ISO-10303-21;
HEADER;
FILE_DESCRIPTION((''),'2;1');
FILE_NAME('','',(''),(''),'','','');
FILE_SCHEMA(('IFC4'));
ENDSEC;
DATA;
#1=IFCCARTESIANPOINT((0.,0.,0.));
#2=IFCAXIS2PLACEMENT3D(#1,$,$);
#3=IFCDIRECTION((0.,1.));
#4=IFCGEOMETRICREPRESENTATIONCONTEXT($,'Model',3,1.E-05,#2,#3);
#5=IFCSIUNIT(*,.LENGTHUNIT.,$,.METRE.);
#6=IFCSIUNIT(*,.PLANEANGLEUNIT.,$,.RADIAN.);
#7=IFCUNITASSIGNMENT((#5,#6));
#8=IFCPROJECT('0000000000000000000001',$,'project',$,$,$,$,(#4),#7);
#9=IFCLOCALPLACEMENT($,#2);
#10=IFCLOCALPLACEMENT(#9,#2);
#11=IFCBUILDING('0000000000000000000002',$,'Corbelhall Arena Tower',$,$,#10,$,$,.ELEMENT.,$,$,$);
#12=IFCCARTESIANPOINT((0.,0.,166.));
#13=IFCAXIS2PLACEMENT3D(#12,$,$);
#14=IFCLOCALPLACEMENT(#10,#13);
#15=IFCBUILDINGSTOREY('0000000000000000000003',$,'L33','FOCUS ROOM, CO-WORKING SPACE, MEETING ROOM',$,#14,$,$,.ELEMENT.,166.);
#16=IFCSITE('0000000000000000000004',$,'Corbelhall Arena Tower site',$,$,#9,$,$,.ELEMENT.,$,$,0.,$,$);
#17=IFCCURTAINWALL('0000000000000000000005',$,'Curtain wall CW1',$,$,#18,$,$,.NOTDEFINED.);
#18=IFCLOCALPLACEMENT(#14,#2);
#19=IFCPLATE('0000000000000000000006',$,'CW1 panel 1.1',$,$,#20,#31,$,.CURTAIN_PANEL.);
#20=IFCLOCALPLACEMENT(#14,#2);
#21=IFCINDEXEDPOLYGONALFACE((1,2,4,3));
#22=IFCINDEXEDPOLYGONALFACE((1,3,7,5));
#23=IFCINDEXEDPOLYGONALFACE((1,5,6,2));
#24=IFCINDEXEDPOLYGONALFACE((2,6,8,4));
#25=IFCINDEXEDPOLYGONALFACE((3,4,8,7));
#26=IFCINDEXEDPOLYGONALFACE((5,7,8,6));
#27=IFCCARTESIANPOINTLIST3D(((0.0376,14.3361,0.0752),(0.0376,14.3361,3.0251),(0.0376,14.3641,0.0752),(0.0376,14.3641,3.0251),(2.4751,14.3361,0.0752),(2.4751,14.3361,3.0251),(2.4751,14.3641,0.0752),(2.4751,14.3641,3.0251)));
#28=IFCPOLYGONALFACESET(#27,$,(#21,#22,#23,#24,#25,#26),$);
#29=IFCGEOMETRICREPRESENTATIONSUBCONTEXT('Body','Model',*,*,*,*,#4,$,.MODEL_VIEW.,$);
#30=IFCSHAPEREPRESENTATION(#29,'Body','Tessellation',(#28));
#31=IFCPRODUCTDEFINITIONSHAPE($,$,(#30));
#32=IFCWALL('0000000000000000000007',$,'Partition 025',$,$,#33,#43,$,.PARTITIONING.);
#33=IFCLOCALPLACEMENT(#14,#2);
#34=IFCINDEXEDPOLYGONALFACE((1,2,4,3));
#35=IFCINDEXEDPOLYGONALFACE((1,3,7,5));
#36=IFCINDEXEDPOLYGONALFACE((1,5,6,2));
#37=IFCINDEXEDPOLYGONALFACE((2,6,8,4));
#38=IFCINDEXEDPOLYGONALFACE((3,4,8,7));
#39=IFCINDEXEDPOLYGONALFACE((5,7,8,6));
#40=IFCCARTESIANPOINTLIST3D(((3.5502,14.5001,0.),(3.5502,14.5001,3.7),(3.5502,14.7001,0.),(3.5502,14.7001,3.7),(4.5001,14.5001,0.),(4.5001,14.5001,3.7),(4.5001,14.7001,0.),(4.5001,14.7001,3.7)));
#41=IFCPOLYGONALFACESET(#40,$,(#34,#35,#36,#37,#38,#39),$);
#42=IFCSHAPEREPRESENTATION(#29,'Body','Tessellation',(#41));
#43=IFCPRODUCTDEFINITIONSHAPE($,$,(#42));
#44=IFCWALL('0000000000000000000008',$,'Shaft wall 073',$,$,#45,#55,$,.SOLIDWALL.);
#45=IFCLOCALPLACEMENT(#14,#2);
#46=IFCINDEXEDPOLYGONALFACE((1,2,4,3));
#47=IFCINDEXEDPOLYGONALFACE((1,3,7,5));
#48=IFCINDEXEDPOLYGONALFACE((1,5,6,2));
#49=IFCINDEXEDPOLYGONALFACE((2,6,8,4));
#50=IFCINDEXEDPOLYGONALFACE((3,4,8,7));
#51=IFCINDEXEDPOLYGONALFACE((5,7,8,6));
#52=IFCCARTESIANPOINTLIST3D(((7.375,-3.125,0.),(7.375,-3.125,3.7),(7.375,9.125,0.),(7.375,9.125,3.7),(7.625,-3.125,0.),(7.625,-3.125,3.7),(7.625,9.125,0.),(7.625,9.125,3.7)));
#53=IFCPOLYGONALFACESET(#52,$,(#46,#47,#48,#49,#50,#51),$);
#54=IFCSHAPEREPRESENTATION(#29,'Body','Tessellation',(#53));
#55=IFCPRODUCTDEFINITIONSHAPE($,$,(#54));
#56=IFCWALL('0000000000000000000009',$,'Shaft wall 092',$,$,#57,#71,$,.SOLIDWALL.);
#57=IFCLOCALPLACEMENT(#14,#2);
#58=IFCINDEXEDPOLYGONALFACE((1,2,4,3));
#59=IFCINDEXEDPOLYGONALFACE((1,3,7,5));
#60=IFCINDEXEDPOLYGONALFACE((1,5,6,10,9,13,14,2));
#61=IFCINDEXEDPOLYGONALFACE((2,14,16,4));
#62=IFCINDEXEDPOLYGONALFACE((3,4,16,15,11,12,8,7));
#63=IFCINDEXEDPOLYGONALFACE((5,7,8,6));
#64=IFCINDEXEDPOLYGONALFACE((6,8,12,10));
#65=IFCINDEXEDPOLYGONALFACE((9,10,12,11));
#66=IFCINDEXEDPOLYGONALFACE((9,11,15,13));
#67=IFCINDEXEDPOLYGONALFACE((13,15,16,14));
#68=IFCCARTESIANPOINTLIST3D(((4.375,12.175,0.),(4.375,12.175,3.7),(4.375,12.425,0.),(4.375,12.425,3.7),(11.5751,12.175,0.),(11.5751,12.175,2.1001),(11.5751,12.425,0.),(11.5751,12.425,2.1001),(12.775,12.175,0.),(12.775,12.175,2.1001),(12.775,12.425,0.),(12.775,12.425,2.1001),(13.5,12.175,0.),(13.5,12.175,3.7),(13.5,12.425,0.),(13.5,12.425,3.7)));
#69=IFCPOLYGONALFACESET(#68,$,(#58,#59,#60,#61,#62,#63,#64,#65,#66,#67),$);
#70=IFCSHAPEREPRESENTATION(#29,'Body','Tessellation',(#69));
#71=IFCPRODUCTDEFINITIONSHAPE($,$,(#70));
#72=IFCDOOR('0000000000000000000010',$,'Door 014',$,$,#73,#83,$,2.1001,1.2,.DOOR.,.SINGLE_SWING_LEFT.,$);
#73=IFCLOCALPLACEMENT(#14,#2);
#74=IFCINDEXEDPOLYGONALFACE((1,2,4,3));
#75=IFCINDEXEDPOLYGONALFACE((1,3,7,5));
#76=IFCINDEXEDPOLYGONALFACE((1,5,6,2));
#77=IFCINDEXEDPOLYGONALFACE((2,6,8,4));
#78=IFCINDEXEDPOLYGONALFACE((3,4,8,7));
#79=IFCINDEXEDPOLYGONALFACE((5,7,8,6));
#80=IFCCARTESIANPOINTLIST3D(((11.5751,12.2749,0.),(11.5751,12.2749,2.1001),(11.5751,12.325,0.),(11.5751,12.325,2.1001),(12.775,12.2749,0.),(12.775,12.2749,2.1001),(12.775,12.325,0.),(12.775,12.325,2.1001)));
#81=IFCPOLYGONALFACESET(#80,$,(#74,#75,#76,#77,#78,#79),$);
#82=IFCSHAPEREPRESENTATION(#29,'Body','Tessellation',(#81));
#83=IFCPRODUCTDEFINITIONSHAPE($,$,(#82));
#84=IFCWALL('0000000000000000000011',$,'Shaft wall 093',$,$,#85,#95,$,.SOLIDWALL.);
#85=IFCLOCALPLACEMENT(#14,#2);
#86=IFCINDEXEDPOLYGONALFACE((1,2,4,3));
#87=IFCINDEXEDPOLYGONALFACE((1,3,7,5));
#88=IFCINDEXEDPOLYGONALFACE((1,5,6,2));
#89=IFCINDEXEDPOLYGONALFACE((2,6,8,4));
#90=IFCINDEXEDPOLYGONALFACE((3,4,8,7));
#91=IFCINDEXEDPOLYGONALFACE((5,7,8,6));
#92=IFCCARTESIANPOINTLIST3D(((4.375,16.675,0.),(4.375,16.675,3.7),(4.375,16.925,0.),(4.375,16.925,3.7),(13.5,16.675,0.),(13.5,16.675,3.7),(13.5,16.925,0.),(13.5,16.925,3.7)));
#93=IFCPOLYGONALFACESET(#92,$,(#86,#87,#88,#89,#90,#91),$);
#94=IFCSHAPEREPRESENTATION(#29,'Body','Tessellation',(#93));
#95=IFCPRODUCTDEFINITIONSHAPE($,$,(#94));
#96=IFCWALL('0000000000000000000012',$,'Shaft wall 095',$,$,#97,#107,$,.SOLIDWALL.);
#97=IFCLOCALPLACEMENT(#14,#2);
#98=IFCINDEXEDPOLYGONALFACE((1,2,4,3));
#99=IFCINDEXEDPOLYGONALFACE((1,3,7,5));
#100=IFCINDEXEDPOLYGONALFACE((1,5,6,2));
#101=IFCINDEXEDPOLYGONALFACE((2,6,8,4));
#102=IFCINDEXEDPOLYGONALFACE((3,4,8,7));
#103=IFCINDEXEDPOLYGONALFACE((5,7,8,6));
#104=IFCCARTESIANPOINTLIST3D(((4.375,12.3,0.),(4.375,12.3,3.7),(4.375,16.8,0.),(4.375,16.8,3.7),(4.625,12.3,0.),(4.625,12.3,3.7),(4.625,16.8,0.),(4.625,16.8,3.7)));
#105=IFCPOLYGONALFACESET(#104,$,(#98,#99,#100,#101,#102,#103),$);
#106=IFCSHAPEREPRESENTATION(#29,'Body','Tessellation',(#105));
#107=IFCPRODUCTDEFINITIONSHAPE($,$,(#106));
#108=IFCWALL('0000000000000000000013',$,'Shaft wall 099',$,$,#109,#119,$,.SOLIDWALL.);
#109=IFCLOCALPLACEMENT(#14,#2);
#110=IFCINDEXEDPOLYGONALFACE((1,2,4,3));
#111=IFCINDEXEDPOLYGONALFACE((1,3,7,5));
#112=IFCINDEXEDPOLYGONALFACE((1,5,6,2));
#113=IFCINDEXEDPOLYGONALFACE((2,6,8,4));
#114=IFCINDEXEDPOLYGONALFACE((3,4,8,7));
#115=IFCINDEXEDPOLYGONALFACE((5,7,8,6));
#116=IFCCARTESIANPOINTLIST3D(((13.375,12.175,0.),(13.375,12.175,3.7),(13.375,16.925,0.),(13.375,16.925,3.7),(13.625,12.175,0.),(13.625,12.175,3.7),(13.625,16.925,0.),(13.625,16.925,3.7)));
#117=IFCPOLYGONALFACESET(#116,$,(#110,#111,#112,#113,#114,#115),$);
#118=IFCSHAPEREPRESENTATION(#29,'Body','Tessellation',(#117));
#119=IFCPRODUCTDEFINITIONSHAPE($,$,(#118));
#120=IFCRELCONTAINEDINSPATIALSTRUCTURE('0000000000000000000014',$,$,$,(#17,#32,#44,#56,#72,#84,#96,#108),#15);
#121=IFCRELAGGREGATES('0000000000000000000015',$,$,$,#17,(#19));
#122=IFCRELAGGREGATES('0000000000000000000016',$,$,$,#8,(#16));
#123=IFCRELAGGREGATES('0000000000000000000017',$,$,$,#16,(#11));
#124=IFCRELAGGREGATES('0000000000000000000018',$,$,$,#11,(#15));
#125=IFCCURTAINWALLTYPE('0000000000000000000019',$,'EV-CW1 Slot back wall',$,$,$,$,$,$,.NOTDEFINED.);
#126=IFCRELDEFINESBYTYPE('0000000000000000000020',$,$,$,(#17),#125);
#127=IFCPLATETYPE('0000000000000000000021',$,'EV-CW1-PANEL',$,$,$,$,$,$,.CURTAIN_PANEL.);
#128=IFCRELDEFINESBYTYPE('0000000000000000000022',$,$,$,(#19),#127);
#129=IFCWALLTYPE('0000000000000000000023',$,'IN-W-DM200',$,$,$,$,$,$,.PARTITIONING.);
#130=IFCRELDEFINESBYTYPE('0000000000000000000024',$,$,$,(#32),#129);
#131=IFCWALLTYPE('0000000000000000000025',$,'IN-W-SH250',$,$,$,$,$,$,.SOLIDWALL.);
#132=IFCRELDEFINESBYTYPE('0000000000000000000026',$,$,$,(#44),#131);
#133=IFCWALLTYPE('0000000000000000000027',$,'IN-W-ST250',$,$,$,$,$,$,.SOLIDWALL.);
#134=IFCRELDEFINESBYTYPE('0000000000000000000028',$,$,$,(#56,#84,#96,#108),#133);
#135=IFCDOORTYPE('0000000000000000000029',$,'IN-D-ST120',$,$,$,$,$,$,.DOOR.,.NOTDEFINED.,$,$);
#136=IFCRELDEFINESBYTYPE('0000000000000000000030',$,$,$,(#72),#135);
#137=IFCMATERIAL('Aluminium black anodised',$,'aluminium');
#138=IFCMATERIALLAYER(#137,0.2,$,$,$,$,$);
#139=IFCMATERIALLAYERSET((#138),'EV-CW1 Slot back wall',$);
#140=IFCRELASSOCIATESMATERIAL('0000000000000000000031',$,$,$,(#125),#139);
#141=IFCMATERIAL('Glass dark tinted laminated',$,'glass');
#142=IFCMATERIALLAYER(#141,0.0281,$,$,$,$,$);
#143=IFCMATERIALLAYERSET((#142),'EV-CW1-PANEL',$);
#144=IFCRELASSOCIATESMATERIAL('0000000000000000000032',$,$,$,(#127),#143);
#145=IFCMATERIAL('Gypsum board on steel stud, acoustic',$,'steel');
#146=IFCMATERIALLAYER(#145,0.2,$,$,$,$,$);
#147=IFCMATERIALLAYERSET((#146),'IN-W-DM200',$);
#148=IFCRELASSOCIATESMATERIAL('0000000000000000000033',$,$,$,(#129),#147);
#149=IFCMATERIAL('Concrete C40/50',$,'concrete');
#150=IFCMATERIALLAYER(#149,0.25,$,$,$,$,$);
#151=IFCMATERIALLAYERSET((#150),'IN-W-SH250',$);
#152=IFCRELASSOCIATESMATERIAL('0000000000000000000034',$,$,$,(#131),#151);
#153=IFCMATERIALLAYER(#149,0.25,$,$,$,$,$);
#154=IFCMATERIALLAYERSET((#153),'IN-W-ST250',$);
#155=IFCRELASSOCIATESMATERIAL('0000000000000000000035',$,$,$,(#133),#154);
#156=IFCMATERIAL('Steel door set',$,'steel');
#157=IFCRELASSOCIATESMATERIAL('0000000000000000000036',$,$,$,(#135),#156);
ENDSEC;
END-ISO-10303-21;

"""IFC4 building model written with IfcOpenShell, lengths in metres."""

from ifc_helpers import new_model, si_unit, direction, frame, frame_2d, origin, origin_2d, place, context, subcontext, project, spatial, rectangle, extrude, material, layer, layer_set, type_object, element, fill, aggregate, save


model = new_model("IFC4")

# Units and contexts
model_context = context("Model", 3, precision=1e-05, world=origin(), true_north=direction((0.0, 1.0)))
body_context = subcontext(model_context, "Body", "Model", "MODEL_VIEW")
ifc_project = project(units=[si_unit("LENGTHUNIT", "METRE"), si_unit("PLANEANGLEUNIT", "RADIAN")], contexts=[model_context])

# Site, building, storey
site_placement = place(None, origin())
site = spatial("IfcSite", under=ifc_project, at=site_placement, Name="Corbelhall Arena Tower site", CompositionType="ELEMENT", RefElevation=0.0)
building_placement = place(site_placement, origin())
building = spatial("IfcBuilding", under=site, at=building_placement, Name="Corbelhall Arena Tower", CompositionType="ELEMENT")
storey_placement = place(building_placement, frame((0.0, 0.0, 166.0)))
storey = spatial("IfcBuildingStorey", under=building, at=storey_placement, Name="L33", Description="FOCUS ROOM, CO-WORKING SPACE, MEETING ROOM", CompositionType="ELEMENT", Elevation=166.0)

# Curtain wall
ifc_material_1 = material(Name="Aluminium black anodised", Category="aluminium")
ifc_layer_1 = layer(ifc_material_1, 0.2)
ifc_layer_set_1 = layer_set([ifc_layer_1], Name="EV-CW1 Slot back wall")
curtain_wall_type = type_object("IfcCurtainWallType", Name="EV-CW1 Slot back wall", PredefinedType="NOTDEFINED", material=ifc_layer_set_1)
curtain_wall_placement = place(storey_placement, origin())
curtain_wall = element("IfcCurtainWall", 1, at=curtain_wall_placement, inside=storey, type_object=curtain_wall_type, Name="Curtain wall CW1", PredefinedType="NOTDEFINED")

# Plate
ifc_material_2 = material(Name="Glass dark tinted laminated", Category="glass")
ifc_layer_2 = layer(ifc_material_2, 0.0281)
ifc_layer_set_2 = layer_set([ifc_layer_2], Name="EV-CW1-PANEL")
plate_type = type_object("IfcPlateType", Name="EV-CW1-PANEL", PredefinedType="CURTAIN_PANEL", material=ifc_layer_set_2)
plate_placement = place(storey_placement, frame((1.2563, 14.3501, 0.0752), z_axis=(0.0, 0.0, 1.0), x_axis=(-1.0, 0.0, 0.0)))
plate = element("IfcPlate", 2, at=plate_placement, type_object=plate_type, Name="CW1 panel 1.1", PredefinedType="CURTAIN_PANEL", context=body_context, shape_type="SweptSolid", body=[
    extrude(rectangle(XDim=2.4375, YDim=0.0281, at=origin_2d()), origin(), (0.0, 0.0, 1.0), 2.95),
])
aggregate(curtain_wall, [plate])

# Wall
ifc_material_3 = material(Name="Gypsum board on steel stud, acoustic", Category="steel")
ifc_layer_3 = layer(ifc_material_3, 0.2)
ifc_layer_set_3 = layer_set([ifc_layer_3], Name="IN-W-DM200")
wall_type_1 = type_object("IfcWallType", Name="IN-W-DM200", PredefinedType="PARTITIONING", material=ifc_layer_set_3)
wall_1_placement = place(storey_placement, frame((3.55, 14.6001, 0.0), z_axis=(0.0, 0.0, 1.0), x_axis=(1.0, 0.0, 0.0)))
element("IfcWall", 3, at=wall_1_placement, inside=storey, type_object=wall_type_1, Name="Partition 025", PredefinedType="PARTITIONING", context=body_context, shape_type="SweptSolid", body=[
    extrude(rectangle(XDim=0.95, YDim=0.2, at=frame_2d((0.4751, 0.0))), origin(), (0.0, 0.0, 1.0), 3.7),
])

# Shared definitions
ifc_material_4 = material(Name="Steel door set", Category="steel")

# Wall
ifc_material_5 = material(Name="Concrete C40/50", Category="concrete")
ifc_layer_4 = layer(ifc_material_5, 0.25)
ifc_layer_set_4 = layer_set([ifc_layer_4], Name="IN-W-SH250")
wall_type_2 = type_object("IfcWallType", Name="IN-W-SH250", PredefinedType="SOLIDWALL", material=ifc_layer_set_4)
wall_2_placement = place(storey_placement, frame((7.5, 9.125, 0.0), z_axis=(0.0, 0.0, 1.0), x_axis=(0.0, -1.0, 0.0)))
element("IfcWall", 4, at=wall_2_placement, inside=storey, type_object=wall_type_2, Name="Shaft wall 073", PredefinedType="SOLIDWALL", context=body_context, shape_type="SweptSolid", body=[
    extrude(rectangle(XDim=12.25, YDim=0.25, at=frame_2d((6.125, 0.0))), origin(), (0.0, 0.0, 1.0), 3.7),
])

# Wall, opening, door
ifc_layer_5 = layer(ifc_material_5, 0.25)
ifc_layer_set_5 = layer_set([ifc_layer_5], Name="IN-W-ST250")
wall_type_3 = type_object("IfcWallType", Name="IN-W-ST250", PredefinedType="SOLIDWALL", material=ifc_layer_set_5)
wall_3_placement = place(storey_placement, frame((4.375, 12.3, 0.0), z_axis=(0.0, 0.0, 1.0), x_axis=(1.0, 0.0, 0.0)))
wall_3 = element("IfcWall", 5, at=wall_3_placement, inside=storey, type_object=wall_type_3, Name="Shaft wall 092", PredefinedType="SOLIDWALL", context=body_context, shape_type="SweptSolid", body=[
    extrude(rectangle(XDim=9.125, YDim=0.25, at=frame_2d((4.5625, 0.0))), origin(), (0.0, 0.0, 1.0), 3.7),
])
opening_1_placement = place(wall_3_placement, frame((7.2, 0.0, 0.0)))
opening_1 = element("IfcOpeningElement", 6, at=opening_1_placement, cuts=wall_3, PredefinedType="OPENING", context=body_context, shape_type="SweptSolid", body=[
    extrude(rectangle(XDim=1.2, YDim=2.1001, at=frame_2d((0.6001, 1.05))), frame((0.0, 0.125, 0.0), z_axis=(0.0, -1.0, 0.0), x_axis=(1.0, 0.0, 0.0)), (0.0, 0.0, 1.0), 0.25),
])
door_type_1 = type_object("IfcDoorType", Name="IN-D-ST120", OperationType="NOTDEFINED", PredefinedType="DOOR", material=ifc_material_4)
door_1_placement = place(opening_1_placement, origin())
door_1 = element("IfcDoor", 7, at=door_1_placement, inside=storey, type_object=door_type_1, Name="Door 014", OperationType="SINGLE_SWING_LEFT", OverallHeight=2.1001, OverallWidth=1.2, PredefinedType="DOOR", context=body_context, shape_type="SweptSolid", body=[
    extrude(rectangle(XDim=1.2, YDim=2.1001, at=frame_2d((0.6001, 1.05))), frame((0.0, 0.0249, 0.0), z_axis=(0.0, -1.0, 0.0), x_axis=(1.0, 0.0, 0.0)), (0.0, 0.0, 1.0), 0.05),
])
fill(opening_1, door_1)

# Walls
wall_4_placement = place(storey_placement, frame((4.375, 16.8, 0.0), z_axis=(0.0, 0.0, 1.0), x_axis=(1.0, 0.0, 0.0)))
element("IfcWall", 8, at=wall_4_placement, inside=storey, type_object=wall_type_3, Name="Shaft wall 093", PredefinedType="SOLIDWALL", context=body_context, shape_type="SweptSolid", body=[
    extrude(rectangle(XDim=9.125, YDim=0.25, at=frame_2d((4.5625, 0.0))), origin(), (0.0, 0.0, 1.0), 3.7),
])
wall_5_placement = place(storey_placement, frame((4.5, 12.3, 0.0), z_axis=(0.0, 0.0, 1.0), x_axis=(0.0, 1.0, 0.0)))
element("IfcWall", 9, at=wall_5_placement, inside=storey, type_object=wall_type_3, Name="Shaft wall 095", PredefinedType="SOLIDWALL", context=body_context, shape_type="SweptSolid", body=[
    extrude(rectangle(XDim=4.5, YDim=0.25, at=frame_2d((2.25, 0.0))), origin(), (0.0, 0.0, 1.0), 3.7),
])
wall_6_placement = place(storey_placement, frame((13.5, 12.175, 0.0), z_axis=(0.0, 0.0, 1.0), x_axis=(0.0, 1.0, 0.0)))
element("IfcWall", 10, at=wall_6_placement, inside=storey, type_object=wall_type_3, Name="Shaft wall 099", PredefinedType="SOLIDWALL", context=body_context, shape_type="SweptSolid", body=[
    extrude(rectangle(XDim=4.75, YDim=0.25, at=frame_2d((2.375, 0.0))), origin(), (0.0, 0.0, 1.0), 3.7),
])

save(model, "model.ifc")
